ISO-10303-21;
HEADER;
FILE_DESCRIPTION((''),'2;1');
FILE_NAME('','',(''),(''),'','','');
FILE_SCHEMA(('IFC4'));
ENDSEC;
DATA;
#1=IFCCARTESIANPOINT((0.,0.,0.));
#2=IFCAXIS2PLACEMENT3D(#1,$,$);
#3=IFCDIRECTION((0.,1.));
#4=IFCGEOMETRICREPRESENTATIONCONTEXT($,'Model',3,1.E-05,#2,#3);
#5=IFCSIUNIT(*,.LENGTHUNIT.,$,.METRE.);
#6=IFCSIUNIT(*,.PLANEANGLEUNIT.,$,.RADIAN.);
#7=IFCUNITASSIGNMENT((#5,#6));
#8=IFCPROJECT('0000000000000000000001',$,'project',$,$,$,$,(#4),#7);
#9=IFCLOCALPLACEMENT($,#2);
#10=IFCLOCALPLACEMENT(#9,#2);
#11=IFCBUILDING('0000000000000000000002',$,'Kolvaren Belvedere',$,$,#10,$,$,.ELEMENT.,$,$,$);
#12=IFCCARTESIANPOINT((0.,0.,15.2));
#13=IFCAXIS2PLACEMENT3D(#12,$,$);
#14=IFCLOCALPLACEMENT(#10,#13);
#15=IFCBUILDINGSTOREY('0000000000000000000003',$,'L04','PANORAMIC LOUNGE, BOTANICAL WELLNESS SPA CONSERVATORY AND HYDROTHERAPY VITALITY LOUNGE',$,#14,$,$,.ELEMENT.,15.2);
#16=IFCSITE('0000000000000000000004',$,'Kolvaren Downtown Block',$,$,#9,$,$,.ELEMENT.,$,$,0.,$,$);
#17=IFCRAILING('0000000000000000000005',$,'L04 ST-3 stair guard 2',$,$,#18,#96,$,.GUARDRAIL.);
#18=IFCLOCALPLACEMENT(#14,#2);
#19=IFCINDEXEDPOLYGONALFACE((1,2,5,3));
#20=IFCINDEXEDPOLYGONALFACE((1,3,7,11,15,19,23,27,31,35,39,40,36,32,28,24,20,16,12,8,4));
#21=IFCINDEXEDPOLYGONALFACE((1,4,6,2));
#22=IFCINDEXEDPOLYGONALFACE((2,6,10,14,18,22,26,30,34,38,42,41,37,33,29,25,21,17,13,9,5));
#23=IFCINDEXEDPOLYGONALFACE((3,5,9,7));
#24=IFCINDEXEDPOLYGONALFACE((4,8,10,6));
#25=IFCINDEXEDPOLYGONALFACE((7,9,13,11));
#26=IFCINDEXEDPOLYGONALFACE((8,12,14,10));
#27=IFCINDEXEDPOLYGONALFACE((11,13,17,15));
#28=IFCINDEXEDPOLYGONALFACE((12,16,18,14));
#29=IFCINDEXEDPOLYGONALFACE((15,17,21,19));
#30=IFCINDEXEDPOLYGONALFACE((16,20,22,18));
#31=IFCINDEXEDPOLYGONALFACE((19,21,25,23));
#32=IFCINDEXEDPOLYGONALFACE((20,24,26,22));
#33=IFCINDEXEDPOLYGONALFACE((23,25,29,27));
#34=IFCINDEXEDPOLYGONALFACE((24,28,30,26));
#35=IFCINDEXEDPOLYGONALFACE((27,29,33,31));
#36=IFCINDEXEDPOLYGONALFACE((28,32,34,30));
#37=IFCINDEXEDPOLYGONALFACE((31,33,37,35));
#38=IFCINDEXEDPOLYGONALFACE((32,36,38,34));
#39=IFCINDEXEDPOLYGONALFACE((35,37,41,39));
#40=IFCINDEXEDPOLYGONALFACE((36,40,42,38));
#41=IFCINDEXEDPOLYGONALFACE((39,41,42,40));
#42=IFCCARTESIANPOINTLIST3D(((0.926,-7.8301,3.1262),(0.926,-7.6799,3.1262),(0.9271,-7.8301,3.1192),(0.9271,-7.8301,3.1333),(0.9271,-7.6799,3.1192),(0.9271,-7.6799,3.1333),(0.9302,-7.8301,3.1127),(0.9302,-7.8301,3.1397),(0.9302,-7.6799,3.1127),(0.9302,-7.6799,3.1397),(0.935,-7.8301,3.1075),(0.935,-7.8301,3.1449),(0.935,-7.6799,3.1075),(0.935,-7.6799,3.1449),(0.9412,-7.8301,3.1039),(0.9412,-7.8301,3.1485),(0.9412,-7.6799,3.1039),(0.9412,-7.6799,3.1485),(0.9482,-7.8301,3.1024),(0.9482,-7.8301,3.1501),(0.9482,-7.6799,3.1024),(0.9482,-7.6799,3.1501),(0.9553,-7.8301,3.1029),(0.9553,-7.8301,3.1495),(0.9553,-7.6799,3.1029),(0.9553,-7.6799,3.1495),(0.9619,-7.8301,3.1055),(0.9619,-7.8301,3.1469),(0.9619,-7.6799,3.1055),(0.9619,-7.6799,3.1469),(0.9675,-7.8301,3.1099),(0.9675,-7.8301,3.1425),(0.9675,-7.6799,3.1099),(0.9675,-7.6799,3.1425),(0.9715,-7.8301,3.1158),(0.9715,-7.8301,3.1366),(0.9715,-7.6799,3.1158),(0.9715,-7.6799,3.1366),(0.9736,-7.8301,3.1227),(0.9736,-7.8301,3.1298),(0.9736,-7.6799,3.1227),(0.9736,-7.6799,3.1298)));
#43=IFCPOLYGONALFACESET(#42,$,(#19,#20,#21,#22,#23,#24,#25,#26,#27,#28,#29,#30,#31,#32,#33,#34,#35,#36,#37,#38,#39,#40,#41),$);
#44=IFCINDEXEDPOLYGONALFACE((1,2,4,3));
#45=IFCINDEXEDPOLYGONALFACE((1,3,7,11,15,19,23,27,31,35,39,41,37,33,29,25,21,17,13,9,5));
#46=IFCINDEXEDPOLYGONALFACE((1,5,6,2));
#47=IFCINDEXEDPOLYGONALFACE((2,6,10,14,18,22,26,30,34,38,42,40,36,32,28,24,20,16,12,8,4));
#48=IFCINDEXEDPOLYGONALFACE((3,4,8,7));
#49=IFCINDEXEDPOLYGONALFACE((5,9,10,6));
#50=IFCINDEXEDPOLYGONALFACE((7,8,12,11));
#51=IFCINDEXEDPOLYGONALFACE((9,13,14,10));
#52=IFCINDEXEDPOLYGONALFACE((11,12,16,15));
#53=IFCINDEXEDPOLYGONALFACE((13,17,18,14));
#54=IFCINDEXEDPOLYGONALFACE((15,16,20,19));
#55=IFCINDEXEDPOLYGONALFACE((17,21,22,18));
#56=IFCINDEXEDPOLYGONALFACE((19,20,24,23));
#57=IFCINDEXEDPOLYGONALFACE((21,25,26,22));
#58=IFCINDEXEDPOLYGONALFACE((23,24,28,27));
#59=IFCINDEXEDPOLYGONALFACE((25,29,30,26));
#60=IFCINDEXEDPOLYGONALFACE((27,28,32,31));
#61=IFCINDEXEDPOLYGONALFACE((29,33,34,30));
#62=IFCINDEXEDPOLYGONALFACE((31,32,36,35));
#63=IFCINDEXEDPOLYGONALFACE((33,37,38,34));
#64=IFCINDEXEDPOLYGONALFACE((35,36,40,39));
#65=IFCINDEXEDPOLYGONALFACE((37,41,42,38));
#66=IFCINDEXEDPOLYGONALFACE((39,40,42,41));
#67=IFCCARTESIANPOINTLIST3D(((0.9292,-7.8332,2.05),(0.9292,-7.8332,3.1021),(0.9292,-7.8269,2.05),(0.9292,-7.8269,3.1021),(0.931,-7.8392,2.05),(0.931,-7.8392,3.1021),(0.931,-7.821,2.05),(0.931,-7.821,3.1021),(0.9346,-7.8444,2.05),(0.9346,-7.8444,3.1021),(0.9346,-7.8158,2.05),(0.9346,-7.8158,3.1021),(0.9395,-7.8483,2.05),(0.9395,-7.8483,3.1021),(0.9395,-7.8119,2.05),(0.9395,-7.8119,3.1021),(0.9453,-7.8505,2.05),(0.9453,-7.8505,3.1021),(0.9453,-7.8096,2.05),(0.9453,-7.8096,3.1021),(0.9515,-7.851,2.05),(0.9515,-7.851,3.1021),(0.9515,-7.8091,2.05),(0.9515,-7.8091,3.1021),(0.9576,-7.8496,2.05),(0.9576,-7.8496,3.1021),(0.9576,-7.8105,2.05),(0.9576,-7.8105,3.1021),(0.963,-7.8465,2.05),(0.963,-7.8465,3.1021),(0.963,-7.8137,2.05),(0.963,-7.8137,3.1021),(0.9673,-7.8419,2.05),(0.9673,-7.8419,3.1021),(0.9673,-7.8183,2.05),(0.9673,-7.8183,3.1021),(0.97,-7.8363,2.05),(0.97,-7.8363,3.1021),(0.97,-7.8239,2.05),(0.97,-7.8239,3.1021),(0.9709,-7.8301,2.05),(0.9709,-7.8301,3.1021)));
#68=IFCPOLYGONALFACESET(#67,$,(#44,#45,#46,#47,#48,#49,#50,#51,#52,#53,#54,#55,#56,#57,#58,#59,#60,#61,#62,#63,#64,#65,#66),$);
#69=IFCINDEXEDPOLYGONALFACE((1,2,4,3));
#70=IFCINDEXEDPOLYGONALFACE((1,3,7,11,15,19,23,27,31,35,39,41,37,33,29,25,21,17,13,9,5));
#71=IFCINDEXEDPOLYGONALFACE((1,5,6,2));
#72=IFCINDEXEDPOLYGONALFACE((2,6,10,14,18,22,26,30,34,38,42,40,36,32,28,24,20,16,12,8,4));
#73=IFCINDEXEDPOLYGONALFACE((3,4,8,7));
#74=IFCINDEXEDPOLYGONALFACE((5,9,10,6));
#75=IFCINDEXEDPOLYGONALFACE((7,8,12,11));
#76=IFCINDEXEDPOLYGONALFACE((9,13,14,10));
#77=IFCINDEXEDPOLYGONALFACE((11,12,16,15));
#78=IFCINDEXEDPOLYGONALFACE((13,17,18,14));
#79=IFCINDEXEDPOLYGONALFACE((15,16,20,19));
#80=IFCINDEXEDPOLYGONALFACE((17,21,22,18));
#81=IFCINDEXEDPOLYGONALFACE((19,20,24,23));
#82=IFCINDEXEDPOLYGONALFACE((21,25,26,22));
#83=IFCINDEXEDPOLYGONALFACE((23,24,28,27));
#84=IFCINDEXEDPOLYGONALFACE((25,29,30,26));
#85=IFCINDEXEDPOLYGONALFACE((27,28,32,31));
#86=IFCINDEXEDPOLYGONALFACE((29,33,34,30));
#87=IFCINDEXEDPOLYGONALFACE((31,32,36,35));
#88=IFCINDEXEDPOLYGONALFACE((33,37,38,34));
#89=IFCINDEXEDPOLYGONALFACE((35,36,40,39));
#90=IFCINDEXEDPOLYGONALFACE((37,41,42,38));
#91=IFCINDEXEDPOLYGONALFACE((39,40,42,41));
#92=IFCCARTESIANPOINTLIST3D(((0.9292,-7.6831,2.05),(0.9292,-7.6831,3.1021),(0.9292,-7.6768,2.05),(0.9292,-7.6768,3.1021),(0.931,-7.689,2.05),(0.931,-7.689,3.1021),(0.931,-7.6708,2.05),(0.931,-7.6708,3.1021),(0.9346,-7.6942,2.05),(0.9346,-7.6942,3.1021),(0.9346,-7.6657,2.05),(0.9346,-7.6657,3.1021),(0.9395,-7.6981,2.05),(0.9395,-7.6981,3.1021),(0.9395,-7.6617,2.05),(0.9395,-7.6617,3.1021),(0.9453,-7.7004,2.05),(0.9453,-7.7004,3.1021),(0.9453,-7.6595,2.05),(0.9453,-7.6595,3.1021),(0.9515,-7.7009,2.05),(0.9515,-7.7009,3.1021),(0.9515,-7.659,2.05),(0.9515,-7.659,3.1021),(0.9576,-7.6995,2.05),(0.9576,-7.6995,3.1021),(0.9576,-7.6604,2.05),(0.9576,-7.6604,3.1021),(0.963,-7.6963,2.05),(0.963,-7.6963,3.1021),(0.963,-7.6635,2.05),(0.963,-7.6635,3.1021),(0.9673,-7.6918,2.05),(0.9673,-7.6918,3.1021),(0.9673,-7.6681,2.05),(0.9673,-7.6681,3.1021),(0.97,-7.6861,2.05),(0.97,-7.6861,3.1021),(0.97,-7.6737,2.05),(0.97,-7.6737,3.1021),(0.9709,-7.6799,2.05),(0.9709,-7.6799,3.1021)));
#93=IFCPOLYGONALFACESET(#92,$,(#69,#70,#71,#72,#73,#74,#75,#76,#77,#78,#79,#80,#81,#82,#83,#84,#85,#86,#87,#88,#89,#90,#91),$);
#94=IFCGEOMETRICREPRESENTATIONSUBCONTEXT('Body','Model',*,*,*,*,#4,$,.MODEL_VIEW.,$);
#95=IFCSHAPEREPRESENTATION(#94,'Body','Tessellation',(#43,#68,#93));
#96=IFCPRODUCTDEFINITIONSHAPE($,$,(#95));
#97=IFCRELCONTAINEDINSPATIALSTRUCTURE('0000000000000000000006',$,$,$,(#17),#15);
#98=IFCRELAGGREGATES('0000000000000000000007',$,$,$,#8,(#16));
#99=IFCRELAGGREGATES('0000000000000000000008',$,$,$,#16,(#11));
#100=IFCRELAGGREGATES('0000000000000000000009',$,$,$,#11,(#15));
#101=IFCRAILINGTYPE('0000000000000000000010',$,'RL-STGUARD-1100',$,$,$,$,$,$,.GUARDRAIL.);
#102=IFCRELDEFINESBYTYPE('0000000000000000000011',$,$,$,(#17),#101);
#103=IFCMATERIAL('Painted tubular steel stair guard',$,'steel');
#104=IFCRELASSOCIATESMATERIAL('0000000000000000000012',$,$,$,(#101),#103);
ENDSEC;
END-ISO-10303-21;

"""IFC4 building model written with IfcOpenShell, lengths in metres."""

from ifc_helpers import new_model, si_unit, direction, frame, origin, origin_2d, place, context, subcontext, project, spatial, circle, extrude, material, type_object, element, save


model = new_model("IFC4")

# Units and contexts
model_context = context("Model", 3, precision=1e-05, world=origin(), true_north=direction((0.0, 1.0)))
body_context = subcontext(model_context, "Body", "Model", "MODEL_VIEW")
ifc_project = project(units=[si_unit("LENGTHUNIT", "METRE"), si_unit("PLANEANGLEUNIT", "RADIAN")], contexts=[model_context])

# Site, building, storey
site_placement = place(None, origin())
site = spatial("IfcSite", under=ifc_project, at=site_placement, Name="Kolvaren Downtown Block", CompositionType="ELEMENT", RefElevation=0.0)
building_placement = place(site_placement, origin())
building = spatial("IfcBuilding", under=site, at=building_placement, Name="Kolvaren Belvedere", CompositionType="ELEMENT")
storey_placement = place(building_placement, frame((0.0, 0.0, 15.2)))
storey = spatial("IfcBuildingStorey", under=building, at=storey_placement, Name="L04", Description="PANORAMIC LOUNGE, BOTANICAL WELLNESS SPA CONSERVATORY AND HYDROTHERAPY VITALITY LOUNGE", CompositionType="ELEMENT", Elevation=15.2)

# Railing
ifc_material_1 = material(Name="Painted tubular steel stair guard", Category="steel")
railing_type_1 = type_object("IfcRailingType", Name="RL-STGUARD-1100", PredefinedType="GUARDRAIL", material=ifc_material_1)
railing_1_placement = place(storey_placement, frame((0.95, -7.8301, 2.05)))
element("IfcRailing", 1, at=railing_1_placement, inside=storey, type_object=railing_type_1, Name="L04 ST-3 stair guard 2", PredefinedType="GUARDRAIL", context=body_context, shape_type="SweptSolid", body=[
    extrude(circle(Radius=0.0239, at=origin_2d()), frame((0.0, 0.0, 1.0762), z_axis=(0.0, 1.0, 0.0), x_axis=(-1.0, 0.0, 0.0)), (0.0, 0.0, 1.0), 0.1501),
    extrude(circle(Radius=0.021, at=origin_2d()), origin(), (0.0, 0.0, 1.0), 1.052),
    extrude(circle(Radius=0.021, at=origin_2d()), frame((0.0, 0.1501, 0.0)), (0.0, 0.0, 1.0), 1.052),
])

save(model, "model.ifc")
